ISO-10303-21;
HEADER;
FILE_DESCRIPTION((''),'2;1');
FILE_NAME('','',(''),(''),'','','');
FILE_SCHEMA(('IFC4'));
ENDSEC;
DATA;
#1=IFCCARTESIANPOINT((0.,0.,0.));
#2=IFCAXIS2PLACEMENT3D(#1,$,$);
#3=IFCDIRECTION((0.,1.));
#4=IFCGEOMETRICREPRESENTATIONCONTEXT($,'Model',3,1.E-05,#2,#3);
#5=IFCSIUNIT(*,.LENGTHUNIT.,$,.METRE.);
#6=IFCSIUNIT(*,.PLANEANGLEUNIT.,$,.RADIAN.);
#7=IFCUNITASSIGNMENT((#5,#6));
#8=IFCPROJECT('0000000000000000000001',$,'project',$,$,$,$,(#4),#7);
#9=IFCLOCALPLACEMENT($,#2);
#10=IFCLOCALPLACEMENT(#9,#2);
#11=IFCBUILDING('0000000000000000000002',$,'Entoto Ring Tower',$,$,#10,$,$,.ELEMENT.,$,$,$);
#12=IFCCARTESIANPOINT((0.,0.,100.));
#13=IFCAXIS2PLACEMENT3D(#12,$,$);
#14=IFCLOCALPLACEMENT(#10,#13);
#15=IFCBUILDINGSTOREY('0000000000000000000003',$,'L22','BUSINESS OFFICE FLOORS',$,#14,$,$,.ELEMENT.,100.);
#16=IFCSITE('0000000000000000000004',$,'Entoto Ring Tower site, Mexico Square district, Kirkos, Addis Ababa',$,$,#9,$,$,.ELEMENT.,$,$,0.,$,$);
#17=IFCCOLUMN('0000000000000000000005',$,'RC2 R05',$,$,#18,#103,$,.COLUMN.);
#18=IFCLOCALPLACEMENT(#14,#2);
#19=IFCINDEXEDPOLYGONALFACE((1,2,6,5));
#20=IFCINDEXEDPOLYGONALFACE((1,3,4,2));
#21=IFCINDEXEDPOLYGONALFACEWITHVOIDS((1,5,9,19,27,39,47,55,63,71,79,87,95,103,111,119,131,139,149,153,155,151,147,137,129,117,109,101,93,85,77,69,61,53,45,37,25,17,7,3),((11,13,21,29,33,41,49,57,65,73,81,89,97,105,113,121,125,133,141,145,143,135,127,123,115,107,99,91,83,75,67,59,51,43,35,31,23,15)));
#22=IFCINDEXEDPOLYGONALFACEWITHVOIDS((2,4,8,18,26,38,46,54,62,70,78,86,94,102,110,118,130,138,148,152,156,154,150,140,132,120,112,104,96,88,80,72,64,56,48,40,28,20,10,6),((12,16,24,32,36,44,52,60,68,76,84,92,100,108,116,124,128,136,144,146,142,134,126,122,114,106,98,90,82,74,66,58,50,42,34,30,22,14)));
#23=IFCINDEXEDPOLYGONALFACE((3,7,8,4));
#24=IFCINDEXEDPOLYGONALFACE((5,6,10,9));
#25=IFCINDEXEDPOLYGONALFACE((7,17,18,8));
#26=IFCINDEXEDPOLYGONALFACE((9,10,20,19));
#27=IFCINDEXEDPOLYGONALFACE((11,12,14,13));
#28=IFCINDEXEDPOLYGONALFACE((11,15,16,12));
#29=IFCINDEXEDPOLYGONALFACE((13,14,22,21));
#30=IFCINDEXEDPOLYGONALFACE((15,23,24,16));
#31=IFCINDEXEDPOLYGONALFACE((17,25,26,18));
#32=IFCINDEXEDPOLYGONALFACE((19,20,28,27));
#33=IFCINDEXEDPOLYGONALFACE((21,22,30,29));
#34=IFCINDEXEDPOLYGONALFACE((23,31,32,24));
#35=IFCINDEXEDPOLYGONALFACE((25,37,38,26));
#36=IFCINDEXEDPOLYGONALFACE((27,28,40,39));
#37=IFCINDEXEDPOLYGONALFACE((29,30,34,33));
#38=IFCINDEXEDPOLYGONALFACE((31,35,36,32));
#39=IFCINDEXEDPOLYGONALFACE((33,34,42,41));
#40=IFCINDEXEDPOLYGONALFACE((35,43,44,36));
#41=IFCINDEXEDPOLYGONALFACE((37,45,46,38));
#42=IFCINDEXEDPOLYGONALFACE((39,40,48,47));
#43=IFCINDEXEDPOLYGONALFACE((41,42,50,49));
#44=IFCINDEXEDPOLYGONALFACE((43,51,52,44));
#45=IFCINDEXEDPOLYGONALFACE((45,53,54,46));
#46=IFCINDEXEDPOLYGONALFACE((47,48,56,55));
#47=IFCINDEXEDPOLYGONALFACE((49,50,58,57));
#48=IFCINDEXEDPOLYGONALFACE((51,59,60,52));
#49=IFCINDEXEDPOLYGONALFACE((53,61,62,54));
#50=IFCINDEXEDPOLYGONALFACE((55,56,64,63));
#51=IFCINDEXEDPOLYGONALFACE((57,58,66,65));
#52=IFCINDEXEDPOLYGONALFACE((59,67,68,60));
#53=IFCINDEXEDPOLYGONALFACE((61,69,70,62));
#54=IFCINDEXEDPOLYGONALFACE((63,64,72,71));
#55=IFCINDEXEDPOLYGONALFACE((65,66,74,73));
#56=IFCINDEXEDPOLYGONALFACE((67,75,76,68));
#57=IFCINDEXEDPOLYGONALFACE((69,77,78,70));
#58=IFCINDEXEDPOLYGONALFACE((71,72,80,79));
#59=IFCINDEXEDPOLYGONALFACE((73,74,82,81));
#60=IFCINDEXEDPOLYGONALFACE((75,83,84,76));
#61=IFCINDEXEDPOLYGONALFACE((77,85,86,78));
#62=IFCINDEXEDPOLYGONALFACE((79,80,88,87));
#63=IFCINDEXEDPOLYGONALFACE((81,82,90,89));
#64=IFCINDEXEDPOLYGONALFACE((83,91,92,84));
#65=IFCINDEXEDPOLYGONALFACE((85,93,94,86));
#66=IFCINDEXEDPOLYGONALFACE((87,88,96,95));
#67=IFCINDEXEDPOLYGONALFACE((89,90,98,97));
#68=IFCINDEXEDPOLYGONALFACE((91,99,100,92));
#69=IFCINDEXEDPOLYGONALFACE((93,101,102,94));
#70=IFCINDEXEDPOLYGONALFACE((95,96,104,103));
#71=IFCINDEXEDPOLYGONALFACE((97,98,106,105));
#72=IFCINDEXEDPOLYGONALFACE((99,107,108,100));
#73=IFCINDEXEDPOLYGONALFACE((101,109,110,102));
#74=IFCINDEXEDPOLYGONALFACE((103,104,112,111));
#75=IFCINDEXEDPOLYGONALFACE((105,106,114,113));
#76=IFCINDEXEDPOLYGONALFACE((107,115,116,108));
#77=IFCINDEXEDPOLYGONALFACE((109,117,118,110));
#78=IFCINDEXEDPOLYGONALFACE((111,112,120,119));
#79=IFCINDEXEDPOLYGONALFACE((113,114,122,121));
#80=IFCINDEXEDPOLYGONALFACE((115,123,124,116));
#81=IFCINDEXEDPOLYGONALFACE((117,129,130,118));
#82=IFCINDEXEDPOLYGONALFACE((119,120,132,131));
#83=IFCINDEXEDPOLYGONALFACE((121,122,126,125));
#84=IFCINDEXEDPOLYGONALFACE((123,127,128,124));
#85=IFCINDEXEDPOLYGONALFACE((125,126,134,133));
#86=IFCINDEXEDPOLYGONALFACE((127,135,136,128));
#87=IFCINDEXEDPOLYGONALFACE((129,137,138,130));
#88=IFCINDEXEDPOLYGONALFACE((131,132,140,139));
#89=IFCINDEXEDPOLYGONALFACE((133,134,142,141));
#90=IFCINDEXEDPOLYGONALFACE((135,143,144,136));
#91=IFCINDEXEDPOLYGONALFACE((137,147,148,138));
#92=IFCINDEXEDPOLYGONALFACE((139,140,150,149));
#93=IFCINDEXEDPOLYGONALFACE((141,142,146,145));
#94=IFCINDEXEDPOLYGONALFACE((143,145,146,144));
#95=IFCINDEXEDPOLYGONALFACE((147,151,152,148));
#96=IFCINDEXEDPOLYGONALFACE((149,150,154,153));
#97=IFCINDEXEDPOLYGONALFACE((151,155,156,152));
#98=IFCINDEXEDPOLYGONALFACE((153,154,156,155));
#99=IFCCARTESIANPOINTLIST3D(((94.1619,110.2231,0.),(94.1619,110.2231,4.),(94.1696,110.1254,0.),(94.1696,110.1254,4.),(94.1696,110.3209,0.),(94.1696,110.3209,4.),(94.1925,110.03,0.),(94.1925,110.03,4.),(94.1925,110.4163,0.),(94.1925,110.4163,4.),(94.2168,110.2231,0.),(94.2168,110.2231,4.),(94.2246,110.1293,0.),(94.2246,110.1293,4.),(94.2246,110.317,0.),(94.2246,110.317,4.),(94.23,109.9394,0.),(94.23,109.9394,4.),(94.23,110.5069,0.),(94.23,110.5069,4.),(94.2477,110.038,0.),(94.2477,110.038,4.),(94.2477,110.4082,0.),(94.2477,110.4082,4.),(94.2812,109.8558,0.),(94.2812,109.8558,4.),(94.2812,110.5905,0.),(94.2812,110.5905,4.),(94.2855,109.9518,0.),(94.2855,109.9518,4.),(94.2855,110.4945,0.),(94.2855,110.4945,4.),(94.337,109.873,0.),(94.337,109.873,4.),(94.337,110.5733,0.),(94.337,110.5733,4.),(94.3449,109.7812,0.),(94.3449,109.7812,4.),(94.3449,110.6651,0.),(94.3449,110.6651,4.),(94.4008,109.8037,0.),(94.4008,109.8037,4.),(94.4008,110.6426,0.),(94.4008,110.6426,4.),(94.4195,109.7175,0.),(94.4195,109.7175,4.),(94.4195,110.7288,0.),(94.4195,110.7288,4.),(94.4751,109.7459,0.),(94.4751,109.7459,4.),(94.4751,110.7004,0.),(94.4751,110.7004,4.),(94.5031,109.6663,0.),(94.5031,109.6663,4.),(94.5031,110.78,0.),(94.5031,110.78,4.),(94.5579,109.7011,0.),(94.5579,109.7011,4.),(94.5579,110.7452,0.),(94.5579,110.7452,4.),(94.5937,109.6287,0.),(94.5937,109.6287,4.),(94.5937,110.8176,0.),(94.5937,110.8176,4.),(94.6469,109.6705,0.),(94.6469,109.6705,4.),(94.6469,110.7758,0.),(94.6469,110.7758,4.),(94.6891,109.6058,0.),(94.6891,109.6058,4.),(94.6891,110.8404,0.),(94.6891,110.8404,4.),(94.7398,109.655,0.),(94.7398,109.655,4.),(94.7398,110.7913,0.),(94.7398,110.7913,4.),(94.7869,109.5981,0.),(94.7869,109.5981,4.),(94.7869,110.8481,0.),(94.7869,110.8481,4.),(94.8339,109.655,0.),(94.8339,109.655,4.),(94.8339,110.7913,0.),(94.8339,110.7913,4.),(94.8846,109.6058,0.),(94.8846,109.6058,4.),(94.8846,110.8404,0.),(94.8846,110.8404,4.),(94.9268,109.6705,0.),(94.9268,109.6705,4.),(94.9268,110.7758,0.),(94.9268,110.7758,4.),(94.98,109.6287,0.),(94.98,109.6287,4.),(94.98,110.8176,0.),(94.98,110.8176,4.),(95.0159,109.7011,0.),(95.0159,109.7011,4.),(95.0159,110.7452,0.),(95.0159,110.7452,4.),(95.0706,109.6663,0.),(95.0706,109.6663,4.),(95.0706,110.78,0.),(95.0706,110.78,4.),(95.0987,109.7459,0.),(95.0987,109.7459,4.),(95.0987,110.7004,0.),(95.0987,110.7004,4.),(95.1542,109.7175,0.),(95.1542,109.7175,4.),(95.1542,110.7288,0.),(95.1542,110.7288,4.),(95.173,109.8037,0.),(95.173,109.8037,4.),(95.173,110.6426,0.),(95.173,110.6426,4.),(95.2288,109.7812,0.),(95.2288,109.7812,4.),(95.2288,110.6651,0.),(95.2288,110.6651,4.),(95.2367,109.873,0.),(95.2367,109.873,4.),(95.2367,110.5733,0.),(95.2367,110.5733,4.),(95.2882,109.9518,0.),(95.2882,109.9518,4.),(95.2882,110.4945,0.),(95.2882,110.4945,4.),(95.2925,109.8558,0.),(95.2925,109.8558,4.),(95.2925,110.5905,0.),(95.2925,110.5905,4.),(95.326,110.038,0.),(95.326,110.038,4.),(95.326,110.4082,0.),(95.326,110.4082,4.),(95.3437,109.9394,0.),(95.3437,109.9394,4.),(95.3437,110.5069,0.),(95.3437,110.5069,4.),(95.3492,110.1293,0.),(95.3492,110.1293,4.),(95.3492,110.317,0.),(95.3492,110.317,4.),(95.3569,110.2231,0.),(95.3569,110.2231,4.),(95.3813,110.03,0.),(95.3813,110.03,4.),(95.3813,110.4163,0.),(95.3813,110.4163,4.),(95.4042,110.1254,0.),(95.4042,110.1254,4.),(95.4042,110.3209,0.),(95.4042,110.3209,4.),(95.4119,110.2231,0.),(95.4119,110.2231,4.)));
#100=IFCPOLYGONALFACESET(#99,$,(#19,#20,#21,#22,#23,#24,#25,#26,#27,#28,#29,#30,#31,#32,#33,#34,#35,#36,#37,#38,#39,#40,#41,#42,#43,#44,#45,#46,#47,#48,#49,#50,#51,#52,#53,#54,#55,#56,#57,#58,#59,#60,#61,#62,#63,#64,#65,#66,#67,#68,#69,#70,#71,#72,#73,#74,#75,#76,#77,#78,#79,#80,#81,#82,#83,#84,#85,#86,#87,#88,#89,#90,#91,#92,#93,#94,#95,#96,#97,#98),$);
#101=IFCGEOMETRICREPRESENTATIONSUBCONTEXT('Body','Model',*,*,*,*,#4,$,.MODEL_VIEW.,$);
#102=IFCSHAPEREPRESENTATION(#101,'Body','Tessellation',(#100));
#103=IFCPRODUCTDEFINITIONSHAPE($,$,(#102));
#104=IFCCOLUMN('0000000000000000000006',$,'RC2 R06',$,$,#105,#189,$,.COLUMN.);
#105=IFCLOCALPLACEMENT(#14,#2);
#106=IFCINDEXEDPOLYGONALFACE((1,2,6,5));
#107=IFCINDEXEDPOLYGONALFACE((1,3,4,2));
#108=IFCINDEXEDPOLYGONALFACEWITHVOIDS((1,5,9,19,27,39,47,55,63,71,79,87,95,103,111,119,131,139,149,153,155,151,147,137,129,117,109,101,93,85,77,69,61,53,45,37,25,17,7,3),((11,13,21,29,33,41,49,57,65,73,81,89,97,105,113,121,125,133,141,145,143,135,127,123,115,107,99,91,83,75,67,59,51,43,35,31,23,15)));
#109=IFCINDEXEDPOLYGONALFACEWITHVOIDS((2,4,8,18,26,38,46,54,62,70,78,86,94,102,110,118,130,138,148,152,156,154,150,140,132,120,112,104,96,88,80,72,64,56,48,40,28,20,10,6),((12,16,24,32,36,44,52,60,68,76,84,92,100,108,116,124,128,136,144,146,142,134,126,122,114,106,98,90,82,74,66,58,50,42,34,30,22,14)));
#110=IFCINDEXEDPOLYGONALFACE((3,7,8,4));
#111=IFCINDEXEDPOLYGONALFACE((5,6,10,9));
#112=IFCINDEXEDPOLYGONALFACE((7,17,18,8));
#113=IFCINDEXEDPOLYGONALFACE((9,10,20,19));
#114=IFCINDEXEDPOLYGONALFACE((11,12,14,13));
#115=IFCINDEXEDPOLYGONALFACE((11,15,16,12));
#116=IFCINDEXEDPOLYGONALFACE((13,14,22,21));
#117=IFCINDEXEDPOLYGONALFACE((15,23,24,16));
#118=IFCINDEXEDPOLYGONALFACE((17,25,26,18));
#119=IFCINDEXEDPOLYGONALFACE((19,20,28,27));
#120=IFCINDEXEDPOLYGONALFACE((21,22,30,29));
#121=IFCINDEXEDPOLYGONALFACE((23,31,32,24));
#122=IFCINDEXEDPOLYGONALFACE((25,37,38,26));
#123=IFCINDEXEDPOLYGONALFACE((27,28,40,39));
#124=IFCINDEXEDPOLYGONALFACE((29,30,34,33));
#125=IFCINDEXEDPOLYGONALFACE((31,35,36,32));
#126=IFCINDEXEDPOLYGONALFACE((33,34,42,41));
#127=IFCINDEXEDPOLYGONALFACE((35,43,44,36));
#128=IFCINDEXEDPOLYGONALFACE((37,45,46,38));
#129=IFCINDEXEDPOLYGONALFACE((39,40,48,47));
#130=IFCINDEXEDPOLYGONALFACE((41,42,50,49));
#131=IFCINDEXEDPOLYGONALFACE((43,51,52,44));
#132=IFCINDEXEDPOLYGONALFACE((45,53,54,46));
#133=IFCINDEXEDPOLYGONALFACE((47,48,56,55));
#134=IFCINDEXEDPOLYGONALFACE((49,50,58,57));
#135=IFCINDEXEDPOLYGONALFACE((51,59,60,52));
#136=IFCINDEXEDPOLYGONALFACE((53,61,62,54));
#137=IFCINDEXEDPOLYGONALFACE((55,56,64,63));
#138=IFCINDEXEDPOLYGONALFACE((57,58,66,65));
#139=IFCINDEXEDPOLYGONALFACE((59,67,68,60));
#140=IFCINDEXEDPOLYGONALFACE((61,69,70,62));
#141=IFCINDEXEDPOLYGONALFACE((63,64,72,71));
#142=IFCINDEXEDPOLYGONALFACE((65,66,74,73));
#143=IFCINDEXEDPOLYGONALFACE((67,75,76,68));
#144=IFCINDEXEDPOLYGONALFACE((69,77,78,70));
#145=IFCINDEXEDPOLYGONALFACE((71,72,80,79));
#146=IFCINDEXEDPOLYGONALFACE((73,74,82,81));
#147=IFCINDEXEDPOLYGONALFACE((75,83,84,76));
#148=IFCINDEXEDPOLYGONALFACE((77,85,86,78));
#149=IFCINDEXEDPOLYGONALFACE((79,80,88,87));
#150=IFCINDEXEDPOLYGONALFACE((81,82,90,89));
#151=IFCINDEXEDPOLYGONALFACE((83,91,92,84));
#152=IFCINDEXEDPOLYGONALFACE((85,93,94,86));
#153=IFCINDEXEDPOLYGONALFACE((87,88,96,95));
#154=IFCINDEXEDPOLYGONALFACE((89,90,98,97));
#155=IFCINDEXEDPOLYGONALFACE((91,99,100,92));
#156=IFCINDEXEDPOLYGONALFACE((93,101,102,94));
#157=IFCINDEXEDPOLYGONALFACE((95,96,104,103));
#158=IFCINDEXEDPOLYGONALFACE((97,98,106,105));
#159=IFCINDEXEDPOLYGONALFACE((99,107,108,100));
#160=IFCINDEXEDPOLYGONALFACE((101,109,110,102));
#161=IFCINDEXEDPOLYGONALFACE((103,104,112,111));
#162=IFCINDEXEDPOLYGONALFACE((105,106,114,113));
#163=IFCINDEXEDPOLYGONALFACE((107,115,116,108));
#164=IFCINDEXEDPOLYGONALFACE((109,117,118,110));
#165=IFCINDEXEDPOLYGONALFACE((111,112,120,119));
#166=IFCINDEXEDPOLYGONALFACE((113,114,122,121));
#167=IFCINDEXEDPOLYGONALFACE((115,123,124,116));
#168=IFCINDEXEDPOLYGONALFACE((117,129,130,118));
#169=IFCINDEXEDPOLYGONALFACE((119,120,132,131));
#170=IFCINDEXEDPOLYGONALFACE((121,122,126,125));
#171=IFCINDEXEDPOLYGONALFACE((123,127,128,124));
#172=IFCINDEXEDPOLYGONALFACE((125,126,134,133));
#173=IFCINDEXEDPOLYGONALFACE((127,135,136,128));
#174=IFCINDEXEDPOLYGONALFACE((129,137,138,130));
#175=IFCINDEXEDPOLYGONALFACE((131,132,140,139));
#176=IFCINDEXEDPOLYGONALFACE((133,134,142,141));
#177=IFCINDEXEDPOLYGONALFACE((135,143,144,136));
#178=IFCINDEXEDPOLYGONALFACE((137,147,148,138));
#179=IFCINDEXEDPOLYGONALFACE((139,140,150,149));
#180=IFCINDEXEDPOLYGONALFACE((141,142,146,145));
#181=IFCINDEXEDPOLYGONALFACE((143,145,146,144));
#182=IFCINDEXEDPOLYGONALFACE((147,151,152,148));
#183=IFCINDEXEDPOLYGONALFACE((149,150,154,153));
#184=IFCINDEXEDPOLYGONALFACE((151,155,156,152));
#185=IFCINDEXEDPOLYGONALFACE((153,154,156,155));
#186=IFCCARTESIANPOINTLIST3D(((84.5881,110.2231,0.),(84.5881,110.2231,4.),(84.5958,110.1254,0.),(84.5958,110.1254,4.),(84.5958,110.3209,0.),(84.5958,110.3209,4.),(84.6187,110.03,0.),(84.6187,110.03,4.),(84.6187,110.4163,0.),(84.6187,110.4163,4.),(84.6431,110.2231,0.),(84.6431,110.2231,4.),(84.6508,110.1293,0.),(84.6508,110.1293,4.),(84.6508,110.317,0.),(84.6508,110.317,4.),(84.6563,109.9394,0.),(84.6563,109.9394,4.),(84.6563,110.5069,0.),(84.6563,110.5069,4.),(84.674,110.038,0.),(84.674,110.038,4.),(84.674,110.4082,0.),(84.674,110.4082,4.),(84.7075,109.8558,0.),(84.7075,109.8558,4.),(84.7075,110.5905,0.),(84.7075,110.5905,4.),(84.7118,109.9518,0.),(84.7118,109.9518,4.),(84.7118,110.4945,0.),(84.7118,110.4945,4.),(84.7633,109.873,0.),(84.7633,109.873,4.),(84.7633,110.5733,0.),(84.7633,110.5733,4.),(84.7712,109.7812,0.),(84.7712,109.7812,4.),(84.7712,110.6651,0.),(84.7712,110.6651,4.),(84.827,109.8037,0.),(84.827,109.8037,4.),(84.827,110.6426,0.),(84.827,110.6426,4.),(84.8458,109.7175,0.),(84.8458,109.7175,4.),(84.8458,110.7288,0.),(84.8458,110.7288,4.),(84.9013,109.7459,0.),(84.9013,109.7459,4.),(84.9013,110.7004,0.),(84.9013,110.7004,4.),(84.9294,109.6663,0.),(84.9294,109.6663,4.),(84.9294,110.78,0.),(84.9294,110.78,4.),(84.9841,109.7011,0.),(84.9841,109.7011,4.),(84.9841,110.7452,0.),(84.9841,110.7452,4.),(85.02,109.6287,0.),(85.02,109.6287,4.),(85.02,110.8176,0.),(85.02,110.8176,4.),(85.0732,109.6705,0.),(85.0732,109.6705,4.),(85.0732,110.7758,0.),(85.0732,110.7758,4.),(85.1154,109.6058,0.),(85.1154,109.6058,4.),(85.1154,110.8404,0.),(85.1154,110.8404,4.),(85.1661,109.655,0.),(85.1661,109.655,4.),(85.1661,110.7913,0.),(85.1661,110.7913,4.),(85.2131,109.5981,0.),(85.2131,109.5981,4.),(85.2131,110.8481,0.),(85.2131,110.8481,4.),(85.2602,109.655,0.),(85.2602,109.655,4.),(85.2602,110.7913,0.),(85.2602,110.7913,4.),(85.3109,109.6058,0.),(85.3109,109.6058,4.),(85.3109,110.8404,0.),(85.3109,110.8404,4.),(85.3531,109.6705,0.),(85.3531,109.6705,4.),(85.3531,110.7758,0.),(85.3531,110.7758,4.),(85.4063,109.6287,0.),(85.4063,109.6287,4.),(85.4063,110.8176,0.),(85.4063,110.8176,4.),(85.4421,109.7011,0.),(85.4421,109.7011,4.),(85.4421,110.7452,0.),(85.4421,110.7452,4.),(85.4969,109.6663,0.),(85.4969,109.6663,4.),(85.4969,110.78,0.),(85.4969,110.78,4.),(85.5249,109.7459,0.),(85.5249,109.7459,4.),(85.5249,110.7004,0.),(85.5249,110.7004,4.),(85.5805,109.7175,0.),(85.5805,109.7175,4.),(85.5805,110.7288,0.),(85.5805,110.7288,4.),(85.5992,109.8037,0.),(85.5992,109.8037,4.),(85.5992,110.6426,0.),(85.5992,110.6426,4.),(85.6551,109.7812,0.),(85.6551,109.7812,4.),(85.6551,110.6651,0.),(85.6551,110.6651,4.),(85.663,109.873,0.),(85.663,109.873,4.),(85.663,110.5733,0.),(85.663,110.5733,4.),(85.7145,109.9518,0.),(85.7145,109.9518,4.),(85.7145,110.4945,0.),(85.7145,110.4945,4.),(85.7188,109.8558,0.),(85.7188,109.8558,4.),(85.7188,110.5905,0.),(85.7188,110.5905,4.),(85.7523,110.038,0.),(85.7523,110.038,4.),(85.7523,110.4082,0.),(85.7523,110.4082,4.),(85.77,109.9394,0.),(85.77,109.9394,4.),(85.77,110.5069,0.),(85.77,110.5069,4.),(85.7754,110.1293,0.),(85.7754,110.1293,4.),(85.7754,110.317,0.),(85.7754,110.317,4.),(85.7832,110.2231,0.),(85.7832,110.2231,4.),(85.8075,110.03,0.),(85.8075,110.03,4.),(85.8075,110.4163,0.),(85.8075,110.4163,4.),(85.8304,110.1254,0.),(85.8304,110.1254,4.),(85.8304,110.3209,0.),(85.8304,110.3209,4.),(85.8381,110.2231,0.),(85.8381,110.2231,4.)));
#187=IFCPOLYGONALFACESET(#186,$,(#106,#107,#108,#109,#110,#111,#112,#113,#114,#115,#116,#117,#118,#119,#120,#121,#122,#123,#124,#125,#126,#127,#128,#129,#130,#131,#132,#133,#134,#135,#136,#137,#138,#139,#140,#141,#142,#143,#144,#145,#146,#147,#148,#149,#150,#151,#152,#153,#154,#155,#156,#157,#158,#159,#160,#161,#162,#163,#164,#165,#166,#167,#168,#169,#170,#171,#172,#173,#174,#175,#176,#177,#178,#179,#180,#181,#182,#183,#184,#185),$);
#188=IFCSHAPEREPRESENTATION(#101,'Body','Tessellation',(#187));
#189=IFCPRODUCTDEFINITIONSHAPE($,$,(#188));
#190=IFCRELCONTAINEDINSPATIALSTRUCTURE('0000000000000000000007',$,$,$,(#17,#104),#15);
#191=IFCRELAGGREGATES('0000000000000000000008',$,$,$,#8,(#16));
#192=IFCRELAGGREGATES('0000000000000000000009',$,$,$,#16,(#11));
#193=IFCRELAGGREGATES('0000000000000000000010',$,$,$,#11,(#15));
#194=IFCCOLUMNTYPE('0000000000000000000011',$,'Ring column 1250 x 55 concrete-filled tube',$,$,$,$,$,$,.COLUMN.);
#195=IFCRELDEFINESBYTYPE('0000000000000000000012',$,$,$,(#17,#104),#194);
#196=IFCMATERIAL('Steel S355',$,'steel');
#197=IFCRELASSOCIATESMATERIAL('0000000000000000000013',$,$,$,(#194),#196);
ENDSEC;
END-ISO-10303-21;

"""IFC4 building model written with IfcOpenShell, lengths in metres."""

from ifc_helpers import new_model, si_unit, direction, frame, origin, origin_2d, place, context, subcontext, project, spatial, circle, hollow_circle, extrude, material, material_profile, profile_set, type_object, element, save


model = new_model("IFC4")

# Units and contexts
model_context = context("Model", 3, precision=1e-05, world=origin(), true_north=direction((0.0, 1.0)))
body_context = subcontext(model_context, "Body", "Model", "MODEL_VIEW")
ifc_project = project(units=[si_unit("LENGTHUNIT", "METRE"), si_unit("PLANEANGLEUNIT", "RADIAN")], contexts=[model_context])

# Site, building, storey
site_placement = place(None, origin())
site = spatial("IfcSite", under=ifc_project, at=site_placement, Name="Entoto Ring Tower site, Mexico Square district, Kirkos, Addis Ababa", CompositionType="ELEMENT", RefElevation=0.0)
building_placement = place(site_placement, origin())
building = spatial("IfcBuilding", under=site, at=building_placement, Name="Entoto Ring Tower", CompositionType="ELEMENT")
storey_placement = place(building_placement, frame((0.0, 0.0, 100.0)))
storey = spatial("IfcBuildingStorey", under=building, at=storey_placement, Name="L22", Description="BUSINESS OFFICE FLOORS", CompositionType="ELEMENT", Elevation=100.0)

# Columns
ifc_material_1 = material(Name="Steel S355", Category="steel")
ifc_material_profile_1 = material_profile(ifc_material_1, hollow_circle(Radius=0.625, WallThickness=0.0549, at=origin_2d()), Name="CHS 1250 x 55")
ifc_material_2 = material(Name="Concrete C60/75", Category="concrete")
ifc_material_profile_2 = material_profile(ifc_material_2, circle(Radius=0.5701, at=origin_2d()), Name="Concrete C60/75 infill")
ifc_profile_set_1 = profile_set([ifc_material_profile_1, ifc_material_profile_2], Name="Steel S355")
column_type = type_object("IfcColumnType", Name="Ring column 1250 x 55 concrete-filled tube", PredefinedType="COLUMN", material=ifc_profile_set_1)
for number, where, z_axis, x_axis, name in (
    (1, (94.7869, 110.2231, 0.0), (0.0, 0.0, 1.0), (1.0, 0.0, 0.0), "RC2 R05"),
    (2, (85.2131, 110.2231, 0.0), (0.0, 0.0, 1.0), (1.0, 0.0, 0.0), "RC2 R06"),
):
    element("IfcColumn", number, at=place(storey_placement, frame(where, z_axis=z_axis, x_axis=x_axis)), inside=storey, type_object=column_type, Name=name, PredefinedType="COLUMN", context=body_context, shape_type="SweptSolid", body=[
        extrude(hollow_circle(Radius=0.625, WallThickness=0.0549, at=origin_2d()), origin(), (0.0, 0.0, 1.0), 4.0),
    ])

save(model, "model.ifc")
